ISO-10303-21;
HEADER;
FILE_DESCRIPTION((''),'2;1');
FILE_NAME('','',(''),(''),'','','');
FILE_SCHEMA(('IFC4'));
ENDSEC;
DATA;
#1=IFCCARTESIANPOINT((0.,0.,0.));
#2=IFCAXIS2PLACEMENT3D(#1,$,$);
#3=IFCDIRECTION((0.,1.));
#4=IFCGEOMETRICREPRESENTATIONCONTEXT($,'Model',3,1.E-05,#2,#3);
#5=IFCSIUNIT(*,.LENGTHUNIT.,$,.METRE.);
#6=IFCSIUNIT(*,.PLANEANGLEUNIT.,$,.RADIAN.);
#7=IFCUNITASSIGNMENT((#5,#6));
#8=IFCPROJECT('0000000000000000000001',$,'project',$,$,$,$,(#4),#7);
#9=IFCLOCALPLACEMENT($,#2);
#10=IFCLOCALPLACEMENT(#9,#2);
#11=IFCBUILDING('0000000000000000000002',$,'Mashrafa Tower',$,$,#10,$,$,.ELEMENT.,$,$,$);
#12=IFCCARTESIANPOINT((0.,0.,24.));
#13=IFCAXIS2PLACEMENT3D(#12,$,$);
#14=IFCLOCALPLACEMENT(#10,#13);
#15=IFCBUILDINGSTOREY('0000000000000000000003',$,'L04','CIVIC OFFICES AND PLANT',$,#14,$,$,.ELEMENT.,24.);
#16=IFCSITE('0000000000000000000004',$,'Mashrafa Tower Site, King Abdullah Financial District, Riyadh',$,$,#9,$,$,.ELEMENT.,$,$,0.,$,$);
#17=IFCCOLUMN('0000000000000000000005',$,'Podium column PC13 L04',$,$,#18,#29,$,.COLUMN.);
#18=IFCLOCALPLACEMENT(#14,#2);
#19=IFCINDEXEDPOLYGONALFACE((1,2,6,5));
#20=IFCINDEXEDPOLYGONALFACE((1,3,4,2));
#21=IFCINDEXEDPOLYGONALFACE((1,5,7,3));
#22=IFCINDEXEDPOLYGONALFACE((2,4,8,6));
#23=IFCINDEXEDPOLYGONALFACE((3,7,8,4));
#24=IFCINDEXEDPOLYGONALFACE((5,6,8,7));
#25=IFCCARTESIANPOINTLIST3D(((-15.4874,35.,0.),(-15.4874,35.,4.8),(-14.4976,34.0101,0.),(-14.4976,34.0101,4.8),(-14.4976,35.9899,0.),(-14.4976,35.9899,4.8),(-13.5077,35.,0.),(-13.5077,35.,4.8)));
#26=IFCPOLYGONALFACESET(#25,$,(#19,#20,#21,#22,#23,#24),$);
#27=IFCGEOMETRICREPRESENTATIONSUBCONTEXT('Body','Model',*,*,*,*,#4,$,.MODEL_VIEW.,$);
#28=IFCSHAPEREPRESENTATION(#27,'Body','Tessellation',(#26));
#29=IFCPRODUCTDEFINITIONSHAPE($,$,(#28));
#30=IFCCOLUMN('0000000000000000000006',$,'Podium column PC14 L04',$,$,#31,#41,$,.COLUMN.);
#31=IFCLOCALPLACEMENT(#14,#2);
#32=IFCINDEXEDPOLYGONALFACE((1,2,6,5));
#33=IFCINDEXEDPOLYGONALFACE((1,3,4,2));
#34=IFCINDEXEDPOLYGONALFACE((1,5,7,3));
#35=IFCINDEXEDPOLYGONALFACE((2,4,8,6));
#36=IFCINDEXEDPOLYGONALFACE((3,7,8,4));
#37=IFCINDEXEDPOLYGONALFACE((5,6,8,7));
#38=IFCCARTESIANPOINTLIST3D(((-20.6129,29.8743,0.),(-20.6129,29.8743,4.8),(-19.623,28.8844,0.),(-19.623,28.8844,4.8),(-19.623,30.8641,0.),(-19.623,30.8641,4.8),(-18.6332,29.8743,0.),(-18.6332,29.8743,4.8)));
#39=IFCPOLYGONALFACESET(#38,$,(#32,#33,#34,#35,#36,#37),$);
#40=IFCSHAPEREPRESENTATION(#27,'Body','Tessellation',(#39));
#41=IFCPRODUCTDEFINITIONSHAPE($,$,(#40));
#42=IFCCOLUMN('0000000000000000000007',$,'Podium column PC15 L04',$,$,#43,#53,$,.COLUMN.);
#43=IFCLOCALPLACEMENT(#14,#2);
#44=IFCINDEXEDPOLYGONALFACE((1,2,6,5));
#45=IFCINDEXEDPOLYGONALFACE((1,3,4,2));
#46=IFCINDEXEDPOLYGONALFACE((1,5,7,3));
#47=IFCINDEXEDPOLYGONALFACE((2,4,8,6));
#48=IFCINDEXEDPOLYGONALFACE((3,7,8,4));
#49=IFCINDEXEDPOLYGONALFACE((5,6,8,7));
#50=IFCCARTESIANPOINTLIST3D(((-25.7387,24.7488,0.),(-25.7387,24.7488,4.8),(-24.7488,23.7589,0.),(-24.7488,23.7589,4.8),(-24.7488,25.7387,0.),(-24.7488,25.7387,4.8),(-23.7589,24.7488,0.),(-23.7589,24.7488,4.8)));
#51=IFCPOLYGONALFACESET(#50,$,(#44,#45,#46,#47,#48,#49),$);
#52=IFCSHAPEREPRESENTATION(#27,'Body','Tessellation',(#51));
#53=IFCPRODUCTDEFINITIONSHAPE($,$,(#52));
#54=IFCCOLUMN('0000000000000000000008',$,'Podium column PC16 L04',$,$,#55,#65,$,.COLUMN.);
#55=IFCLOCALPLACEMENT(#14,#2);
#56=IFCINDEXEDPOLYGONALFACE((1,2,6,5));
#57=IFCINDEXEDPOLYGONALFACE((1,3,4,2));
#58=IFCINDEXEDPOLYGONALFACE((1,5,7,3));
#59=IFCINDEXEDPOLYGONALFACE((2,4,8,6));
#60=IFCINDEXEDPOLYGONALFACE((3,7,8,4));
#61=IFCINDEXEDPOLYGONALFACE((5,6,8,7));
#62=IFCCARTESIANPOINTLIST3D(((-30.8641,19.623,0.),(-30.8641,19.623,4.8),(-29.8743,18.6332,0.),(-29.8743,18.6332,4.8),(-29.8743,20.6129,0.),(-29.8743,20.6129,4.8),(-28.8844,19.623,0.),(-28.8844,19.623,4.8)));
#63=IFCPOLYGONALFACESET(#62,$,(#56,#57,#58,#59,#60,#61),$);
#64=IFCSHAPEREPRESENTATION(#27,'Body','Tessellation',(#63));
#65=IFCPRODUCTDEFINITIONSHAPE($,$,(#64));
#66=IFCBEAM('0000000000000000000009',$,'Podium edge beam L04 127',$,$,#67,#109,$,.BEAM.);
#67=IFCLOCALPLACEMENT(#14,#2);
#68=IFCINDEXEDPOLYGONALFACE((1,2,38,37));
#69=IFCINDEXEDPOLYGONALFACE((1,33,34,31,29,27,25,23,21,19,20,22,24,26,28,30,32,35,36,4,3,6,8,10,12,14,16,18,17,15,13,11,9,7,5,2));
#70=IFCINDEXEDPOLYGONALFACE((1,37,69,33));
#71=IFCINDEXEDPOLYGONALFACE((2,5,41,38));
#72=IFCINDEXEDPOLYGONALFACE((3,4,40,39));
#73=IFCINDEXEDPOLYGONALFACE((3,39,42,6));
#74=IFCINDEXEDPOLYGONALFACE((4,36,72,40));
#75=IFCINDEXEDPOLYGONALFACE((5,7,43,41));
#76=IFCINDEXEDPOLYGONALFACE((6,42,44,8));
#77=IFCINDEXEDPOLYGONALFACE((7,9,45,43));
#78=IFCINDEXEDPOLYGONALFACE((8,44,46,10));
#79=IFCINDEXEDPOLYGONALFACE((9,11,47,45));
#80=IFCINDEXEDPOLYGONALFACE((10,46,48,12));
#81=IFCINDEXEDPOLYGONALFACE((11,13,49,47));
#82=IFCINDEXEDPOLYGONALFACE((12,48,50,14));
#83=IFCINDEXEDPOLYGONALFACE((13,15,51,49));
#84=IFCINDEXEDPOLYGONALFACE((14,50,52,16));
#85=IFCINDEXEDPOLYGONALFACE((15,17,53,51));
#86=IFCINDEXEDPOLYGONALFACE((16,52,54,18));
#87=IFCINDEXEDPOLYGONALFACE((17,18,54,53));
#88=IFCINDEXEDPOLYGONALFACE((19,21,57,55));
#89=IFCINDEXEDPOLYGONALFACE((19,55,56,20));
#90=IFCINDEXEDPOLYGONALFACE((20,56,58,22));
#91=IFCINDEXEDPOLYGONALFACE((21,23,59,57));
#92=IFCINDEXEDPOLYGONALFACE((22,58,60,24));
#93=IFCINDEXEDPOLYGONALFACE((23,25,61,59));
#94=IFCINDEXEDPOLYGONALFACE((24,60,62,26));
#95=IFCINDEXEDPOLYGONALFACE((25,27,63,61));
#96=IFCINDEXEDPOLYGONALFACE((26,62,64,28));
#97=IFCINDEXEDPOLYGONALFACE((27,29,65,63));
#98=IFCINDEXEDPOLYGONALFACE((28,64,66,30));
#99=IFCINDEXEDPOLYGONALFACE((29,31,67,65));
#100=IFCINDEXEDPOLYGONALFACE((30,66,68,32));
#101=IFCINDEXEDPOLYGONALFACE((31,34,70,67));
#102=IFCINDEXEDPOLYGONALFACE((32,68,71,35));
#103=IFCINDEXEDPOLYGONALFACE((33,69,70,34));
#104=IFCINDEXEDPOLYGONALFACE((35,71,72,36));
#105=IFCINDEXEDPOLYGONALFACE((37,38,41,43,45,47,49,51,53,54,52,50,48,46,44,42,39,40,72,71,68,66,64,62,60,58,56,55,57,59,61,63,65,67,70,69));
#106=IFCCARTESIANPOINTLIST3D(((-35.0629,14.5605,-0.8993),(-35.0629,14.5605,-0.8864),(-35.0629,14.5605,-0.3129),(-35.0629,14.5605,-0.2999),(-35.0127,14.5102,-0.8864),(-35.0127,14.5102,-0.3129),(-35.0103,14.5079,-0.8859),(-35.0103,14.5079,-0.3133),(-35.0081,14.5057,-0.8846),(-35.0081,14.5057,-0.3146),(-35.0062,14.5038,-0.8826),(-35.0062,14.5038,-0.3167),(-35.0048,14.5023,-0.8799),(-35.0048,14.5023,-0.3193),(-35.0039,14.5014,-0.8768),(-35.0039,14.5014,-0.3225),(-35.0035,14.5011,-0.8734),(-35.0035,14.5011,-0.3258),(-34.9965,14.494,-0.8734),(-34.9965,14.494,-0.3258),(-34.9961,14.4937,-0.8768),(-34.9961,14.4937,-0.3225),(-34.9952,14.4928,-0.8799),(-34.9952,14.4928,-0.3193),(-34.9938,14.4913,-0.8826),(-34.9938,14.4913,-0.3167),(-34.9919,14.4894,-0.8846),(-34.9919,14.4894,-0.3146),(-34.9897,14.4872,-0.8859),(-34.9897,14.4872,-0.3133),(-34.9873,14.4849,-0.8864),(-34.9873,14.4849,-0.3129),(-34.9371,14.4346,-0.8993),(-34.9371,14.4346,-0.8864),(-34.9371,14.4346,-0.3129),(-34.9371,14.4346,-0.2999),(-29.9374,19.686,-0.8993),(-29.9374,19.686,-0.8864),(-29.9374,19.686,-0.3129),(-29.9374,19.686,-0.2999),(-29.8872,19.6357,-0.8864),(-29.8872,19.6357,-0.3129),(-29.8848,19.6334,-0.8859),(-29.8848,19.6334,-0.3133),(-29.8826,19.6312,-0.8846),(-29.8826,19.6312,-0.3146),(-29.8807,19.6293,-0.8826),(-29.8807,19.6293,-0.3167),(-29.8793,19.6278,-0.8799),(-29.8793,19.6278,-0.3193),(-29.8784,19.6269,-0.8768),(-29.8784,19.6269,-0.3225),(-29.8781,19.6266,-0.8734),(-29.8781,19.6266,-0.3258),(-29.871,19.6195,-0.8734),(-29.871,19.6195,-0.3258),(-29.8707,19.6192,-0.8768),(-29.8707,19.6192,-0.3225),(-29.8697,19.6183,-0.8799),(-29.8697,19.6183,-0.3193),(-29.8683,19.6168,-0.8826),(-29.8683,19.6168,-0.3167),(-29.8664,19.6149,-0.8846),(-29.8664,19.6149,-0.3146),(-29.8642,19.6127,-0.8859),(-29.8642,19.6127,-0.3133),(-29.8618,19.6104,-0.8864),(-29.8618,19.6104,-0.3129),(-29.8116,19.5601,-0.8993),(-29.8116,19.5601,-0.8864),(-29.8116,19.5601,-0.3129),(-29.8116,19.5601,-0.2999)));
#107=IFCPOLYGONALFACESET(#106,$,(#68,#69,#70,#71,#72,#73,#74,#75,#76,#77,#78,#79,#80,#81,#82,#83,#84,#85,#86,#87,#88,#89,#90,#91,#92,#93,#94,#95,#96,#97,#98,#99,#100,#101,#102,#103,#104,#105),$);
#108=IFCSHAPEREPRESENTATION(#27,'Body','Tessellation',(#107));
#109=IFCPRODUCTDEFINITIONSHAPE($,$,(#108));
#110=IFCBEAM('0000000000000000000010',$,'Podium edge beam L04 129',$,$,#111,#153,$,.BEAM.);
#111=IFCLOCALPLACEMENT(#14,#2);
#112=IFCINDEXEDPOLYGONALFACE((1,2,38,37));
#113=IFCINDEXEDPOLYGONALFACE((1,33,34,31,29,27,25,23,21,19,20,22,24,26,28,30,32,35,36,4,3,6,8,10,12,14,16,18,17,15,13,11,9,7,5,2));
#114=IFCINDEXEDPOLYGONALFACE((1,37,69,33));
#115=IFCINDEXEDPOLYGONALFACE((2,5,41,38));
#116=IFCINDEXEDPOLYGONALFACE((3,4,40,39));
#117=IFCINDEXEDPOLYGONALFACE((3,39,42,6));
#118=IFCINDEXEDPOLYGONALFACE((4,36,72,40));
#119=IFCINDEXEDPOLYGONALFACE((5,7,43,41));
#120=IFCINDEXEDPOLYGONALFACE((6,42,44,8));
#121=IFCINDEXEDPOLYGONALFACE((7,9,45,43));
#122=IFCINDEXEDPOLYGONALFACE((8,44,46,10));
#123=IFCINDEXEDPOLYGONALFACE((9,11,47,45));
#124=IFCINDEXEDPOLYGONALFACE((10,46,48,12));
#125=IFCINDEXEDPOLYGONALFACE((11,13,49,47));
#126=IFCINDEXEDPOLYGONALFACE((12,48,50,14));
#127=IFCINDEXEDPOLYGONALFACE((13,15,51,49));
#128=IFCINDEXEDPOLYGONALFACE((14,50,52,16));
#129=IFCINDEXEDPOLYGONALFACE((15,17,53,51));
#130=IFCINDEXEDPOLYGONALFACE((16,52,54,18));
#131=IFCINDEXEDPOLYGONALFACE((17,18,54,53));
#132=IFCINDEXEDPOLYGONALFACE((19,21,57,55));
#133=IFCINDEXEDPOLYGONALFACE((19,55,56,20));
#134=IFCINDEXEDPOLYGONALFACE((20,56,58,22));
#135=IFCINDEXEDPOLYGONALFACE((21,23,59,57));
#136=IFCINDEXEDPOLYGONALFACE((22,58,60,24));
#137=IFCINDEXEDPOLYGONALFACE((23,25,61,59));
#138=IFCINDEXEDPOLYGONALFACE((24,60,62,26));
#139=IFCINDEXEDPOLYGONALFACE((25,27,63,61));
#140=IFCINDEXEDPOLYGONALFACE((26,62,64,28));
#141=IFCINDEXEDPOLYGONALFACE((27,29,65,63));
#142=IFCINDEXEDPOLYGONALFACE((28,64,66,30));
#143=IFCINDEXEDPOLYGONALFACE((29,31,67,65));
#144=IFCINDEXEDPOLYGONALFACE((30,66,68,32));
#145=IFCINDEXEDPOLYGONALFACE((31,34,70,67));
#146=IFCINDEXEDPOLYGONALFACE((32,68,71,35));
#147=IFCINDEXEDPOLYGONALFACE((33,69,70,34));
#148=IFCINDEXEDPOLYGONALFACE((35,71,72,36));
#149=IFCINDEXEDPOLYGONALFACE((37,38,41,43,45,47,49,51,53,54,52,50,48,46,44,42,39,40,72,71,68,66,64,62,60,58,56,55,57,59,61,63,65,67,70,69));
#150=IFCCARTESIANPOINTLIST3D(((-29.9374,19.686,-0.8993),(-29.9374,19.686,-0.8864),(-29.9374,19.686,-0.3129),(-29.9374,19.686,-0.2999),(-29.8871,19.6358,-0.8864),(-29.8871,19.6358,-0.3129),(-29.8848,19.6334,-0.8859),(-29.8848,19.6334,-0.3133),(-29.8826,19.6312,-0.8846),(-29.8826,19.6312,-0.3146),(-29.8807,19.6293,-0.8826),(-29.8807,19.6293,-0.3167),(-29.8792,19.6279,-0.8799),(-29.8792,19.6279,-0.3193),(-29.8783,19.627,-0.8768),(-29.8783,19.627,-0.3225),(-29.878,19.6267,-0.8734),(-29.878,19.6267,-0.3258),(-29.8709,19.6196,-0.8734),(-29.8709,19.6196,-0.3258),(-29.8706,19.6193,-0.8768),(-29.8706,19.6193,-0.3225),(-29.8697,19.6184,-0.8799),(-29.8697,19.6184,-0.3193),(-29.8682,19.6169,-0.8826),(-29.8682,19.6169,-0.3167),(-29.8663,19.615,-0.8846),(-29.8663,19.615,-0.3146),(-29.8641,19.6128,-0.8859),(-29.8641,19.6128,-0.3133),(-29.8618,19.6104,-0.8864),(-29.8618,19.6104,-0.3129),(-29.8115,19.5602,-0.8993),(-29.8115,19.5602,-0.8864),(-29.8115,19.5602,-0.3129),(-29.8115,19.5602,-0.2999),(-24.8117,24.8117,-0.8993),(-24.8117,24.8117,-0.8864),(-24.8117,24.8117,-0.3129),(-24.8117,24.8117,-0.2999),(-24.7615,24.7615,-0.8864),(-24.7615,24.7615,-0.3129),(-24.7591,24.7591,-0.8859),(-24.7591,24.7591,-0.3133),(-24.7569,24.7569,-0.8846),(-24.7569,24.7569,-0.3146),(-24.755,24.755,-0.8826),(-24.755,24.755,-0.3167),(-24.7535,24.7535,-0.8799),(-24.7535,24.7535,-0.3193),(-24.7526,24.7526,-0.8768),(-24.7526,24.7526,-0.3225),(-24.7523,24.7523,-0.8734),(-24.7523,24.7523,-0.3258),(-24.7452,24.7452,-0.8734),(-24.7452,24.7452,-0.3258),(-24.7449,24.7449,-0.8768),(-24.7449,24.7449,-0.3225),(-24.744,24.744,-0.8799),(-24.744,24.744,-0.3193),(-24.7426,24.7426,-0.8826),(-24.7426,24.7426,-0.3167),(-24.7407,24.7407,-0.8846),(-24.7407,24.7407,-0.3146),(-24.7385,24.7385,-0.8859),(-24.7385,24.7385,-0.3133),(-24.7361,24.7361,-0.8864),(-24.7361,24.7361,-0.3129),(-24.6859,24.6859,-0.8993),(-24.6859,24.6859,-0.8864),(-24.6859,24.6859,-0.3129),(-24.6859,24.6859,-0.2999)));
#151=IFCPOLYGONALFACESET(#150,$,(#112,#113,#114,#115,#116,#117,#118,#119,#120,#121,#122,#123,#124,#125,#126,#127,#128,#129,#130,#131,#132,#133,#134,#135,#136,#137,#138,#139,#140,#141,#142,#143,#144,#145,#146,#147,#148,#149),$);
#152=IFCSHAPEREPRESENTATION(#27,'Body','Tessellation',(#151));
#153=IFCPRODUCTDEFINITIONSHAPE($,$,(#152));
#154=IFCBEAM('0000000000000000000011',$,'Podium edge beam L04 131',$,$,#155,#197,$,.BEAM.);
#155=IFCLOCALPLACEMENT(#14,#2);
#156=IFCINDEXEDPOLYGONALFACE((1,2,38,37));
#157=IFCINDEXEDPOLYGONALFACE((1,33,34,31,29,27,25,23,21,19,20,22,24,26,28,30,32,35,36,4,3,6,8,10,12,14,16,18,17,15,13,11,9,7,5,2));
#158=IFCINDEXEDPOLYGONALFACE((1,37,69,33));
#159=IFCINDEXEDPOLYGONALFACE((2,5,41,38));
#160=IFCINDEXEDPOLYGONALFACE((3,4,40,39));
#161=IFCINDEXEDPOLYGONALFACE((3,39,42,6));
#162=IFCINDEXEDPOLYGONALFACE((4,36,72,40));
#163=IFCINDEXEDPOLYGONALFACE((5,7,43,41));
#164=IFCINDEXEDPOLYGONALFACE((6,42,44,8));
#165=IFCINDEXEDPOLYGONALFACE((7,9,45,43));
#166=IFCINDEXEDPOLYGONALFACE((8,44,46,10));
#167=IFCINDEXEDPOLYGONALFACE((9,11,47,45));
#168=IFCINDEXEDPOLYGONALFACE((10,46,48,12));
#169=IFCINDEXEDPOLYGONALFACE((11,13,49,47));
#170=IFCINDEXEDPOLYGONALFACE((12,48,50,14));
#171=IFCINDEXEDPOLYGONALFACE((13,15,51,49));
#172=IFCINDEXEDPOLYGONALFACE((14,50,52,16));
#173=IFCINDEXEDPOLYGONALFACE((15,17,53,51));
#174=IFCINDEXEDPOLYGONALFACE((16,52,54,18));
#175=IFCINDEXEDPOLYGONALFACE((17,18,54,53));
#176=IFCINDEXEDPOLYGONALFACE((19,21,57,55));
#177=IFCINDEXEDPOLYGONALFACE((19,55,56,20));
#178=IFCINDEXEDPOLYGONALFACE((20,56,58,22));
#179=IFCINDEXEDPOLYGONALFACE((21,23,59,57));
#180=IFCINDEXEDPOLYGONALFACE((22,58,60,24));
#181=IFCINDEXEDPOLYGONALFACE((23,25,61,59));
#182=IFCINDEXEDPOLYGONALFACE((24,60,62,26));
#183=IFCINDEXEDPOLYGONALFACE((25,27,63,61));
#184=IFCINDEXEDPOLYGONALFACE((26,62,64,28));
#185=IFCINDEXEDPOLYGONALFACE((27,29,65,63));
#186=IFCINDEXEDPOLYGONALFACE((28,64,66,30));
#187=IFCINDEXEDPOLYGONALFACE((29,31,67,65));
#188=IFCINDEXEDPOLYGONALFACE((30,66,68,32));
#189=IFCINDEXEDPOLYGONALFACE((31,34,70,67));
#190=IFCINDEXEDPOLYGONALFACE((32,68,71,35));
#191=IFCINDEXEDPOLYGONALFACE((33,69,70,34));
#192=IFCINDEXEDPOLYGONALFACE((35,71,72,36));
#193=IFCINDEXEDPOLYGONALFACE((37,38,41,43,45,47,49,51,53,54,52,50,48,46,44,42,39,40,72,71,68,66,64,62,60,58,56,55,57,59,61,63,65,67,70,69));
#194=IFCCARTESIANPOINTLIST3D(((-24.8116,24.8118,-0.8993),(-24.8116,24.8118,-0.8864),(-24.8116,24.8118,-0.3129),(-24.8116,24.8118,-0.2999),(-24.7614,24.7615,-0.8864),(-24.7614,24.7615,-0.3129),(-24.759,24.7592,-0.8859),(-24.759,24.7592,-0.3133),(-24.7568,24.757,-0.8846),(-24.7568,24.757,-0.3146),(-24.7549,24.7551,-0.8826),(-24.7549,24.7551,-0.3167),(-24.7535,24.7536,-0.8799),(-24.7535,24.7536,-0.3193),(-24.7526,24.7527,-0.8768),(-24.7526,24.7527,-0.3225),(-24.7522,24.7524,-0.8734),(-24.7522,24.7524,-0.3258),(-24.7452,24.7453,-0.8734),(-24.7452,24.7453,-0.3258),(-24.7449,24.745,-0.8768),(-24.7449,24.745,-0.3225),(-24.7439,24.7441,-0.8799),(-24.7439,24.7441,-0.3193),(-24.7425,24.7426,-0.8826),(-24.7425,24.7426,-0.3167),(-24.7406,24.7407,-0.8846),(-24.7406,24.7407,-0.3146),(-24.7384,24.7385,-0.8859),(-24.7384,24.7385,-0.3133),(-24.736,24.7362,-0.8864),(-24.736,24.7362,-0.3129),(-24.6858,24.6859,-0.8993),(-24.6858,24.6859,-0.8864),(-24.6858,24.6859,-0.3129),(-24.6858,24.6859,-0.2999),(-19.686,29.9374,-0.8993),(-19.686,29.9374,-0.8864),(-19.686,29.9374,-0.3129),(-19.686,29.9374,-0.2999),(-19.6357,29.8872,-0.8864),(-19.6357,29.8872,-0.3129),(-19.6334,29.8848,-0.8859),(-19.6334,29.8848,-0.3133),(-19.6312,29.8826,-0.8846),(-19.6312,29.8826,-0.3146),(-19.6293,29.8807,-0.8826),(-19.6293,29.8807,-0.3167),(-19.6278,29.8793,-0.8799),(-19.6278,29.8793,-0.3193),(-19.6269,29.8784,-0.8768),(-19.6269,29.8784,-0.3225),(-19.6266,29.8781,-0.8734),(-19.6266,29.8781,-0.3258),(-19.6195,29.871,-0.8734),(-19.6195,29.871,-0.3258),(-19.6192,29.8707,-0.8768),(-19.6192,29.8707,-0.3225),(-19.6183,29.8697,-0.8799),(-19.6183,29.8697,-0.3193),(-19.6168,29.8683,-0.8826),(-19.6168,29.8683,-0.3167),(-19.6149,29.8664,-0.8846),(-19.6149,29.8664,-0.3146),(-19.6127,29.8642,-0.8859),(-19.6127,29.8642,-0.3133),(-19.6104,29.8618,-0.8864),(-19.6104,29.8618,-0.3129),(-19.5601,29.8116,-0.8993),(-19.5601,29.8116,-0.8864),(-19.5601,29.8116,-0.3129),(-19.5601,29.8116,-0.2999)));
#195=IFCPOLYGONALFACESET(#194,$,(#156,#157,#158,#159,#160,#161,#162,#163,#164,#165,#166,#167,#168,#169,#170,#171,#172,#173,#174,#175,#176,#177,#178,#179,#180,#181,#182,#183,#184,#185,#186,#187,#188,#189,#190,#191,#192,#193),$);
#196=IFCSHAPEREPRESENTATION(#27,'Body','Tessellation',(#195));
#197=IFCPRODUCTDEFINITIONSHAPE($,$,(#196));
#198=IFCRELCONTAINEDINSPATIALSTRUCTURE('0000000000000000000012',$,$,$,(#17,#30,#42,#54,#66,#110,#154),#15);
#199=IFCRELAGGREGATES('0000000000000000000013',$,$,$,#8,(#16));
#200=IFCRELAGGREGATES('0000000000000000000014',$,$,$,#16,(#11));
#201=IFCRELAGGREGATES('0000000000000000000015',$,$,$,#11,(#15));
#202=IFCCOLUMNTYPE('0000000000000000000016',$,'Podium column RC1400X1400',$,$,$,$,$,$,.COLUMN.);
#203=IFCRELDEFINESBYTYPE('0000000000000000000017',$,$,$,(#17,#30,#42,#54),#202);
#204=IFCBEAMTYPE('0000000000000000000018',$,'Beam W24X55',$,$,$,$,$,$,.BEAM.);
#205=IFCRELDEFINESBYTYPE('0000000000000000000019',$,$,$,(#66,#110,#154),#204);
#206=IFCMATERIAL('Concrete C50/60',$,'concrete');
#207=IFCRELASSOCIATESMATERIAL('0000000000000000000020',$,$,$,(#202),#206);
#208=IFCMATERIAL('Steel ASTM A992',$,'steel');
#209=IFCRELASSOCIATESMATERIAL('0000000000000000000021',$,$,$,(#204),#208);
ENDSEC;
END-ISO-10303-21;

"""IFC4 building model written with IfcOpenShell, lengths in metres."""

from ifc_helpers import new_model, si_unit, direction, frame, origin, origin_2d, place, context, subcontext, project, spatial, rectangle, i_section, extrude, material, material_profile, profile_set, type_object, element, save


model = new_model("IFC4")

# Units and contexts
model_context = context("Model", 3, precision=1e-05, world=origin(), true_north=direction((0.0, 1.0)))
body_context = subcontext(model_context, "Body", "Model", "MODEL_VIEW")
ifc_project = project(units=[si_unit("LENGTHUNIT", "METRE"), si_unit("PLANEANGLEUNIT", "RADIAN")], contexts=[model_context])

# Site, building, storey
site_placement = place(None, origin())
site = spatial("IfcSite", under=ifc_project, at=site_placement, Name="Mashrafa Tower Site, King Abdullah Financial District, Riyadh", CompositionType="ELEMENT", RefElevation=0.0)
building_placement = place(site_placement, origin())
building = spatial("IfcBuilding", under=site, at=building_placement, Name="Mashrafa Tower", CompositionType="ELEMENT")
storey_placement = place(building_placement, frame((0.0, 0.0, 24.0)))
storey = spatial("IfcBuildingStorey", under=building, at=storey_placement, Name="L04", Description="CIVIC OFFICES AND PLANT", CompositionType="ELEMENT", Elevation=24.0)

# Columns
ifc_material_1 = material(Name="Concrete C50/60", Category="concrete")
ifc_material_profile_1 = material_profile(ifc_material_1, rectangle(XDim=1.3999, YDim=1.3999, at=origin_2d()), Name="RC1400X1400")
ifc_profile_set_1 = profile_set([ifc_material_profile_1], Name="Concrete C50/60")
column_type = type_object("IfcColumnType", Name="Podium column RC1400X1400", PredefinedType="COLUMN", material=ifc_profile_set_1)
for number, where, z_axis, x_axis, name in (
    (1, (-14.4976, 35.0, 0.0), (0.0, 0.0, 1.0), (0.707107, 0.707107, 0.0), "Podium column PC13 L04"),
    (2, (-19.623, 29.8743, 0.0), (0.0, 0.0, 1.0), (0.707107, 0.707107, 0.0), "Podium column PC14 L04"),
    (3, (-24.7488, 24.7488, 0.0), (0.0, 0.0, 1.0), (0.707107, 0.707107, 0.0), "Podium column PC15 L04"),
    (4, (-29.8743, 19.623, 0.0), (0.0, 0.0, 1.0), (0.707107, 0.707107, 0.0), "Podium column PC16 L04"),
):
    element("IfcColumn", number, at=place(storey_placement, frame(where, z_axis=z_axis, x_axis=x_axis)), inside=storey, type_object=column_type, Name=name, PredefinedType="COLUMN", context=body_context, shape_type="SweptSolid", body=[
        extrude(rectangle(XDim=1.3999, YDim=1.3999, at=origin_2d()), origin(), (0.0, 0.0, 1.0), 4.8),
    ])

# Beams
ifc_material_2 = material(Name="Steel ASTM A992", Category="steel")
ifc_material_profile_2 = material_profile(ifc_material_2, i_section(OverallWidth=0.178, OverallDepth=0.5994, WebThickness=0.01, FlangeThickness=0.0129, FilletRadius=0.0129, at=origin_2d()), Name="W24X55")
ifc_profile_set_2 = profile_set([ifc_material_profile_2], Name="Steel ASTM A992")
beam_type_1 = type_object("IfcBeamType", Name="Beam W24X55", PredefinedType="BEAM", material=ifc_profile_set_2)
beam_1_placement = place(storey_placement, frame((-29.8745, 19.623, -0.5996), z_axis=(-0.707107, -0.707107, 0.0), x_axis=(0.707107, -0.707107, 0.0)))
element("IfcBeam", 5, at=beam_1_placement, inside=storey, type_object=beam_type_1, Name="Podium edge beam L04 127", PredefinedType="BEAM", context=body_context, shape_type="SweptSolid", body=[
    extrude(i_section(OverallWidth=0.178, OverallDepth=0.5994, WebThickness=0.01, FlangeThickness=0.0129, FilletRadius=0.0129, at=origin_2d()), origin(), (0.0, 0.0, 1.0), 7.2485),
])
for number, where, z_axis, x_axis, name in (
    (6, (-24.7488, 24.7488, -0.5996), (-0.707107, -0.707107, 0.0), (0.707107, -0.707107, 0.0), "Podium edge beam L04 129"),
    (7, (-19.623, 29.8745, -0.5996), (-0.707107, -0.707107, 0.0), (0.707107, -0.707107, 0.0), "Podium edge beam L04 131"),
):
    element("IfcBeam", number, at=place(storey_placement, frame(where, z_axis=z_axis, x_axis=x_axis)), inside=storey, type_object=beam_type_1, Name=name, PredefinedType="BEAM", context=body_context, shape_type="SweptSolid", body=[
        extrude(i_section(OverallWidth=0.178, OverallDepth=0.5994, WebThickness=0.01, FlangeThickness=0.0129, FilletRadius=0.0129, at=origin_2d()), origin(), (0.0, 0.0, 1.0), 7.2488),
    ])

save(model, "model.ifc")
